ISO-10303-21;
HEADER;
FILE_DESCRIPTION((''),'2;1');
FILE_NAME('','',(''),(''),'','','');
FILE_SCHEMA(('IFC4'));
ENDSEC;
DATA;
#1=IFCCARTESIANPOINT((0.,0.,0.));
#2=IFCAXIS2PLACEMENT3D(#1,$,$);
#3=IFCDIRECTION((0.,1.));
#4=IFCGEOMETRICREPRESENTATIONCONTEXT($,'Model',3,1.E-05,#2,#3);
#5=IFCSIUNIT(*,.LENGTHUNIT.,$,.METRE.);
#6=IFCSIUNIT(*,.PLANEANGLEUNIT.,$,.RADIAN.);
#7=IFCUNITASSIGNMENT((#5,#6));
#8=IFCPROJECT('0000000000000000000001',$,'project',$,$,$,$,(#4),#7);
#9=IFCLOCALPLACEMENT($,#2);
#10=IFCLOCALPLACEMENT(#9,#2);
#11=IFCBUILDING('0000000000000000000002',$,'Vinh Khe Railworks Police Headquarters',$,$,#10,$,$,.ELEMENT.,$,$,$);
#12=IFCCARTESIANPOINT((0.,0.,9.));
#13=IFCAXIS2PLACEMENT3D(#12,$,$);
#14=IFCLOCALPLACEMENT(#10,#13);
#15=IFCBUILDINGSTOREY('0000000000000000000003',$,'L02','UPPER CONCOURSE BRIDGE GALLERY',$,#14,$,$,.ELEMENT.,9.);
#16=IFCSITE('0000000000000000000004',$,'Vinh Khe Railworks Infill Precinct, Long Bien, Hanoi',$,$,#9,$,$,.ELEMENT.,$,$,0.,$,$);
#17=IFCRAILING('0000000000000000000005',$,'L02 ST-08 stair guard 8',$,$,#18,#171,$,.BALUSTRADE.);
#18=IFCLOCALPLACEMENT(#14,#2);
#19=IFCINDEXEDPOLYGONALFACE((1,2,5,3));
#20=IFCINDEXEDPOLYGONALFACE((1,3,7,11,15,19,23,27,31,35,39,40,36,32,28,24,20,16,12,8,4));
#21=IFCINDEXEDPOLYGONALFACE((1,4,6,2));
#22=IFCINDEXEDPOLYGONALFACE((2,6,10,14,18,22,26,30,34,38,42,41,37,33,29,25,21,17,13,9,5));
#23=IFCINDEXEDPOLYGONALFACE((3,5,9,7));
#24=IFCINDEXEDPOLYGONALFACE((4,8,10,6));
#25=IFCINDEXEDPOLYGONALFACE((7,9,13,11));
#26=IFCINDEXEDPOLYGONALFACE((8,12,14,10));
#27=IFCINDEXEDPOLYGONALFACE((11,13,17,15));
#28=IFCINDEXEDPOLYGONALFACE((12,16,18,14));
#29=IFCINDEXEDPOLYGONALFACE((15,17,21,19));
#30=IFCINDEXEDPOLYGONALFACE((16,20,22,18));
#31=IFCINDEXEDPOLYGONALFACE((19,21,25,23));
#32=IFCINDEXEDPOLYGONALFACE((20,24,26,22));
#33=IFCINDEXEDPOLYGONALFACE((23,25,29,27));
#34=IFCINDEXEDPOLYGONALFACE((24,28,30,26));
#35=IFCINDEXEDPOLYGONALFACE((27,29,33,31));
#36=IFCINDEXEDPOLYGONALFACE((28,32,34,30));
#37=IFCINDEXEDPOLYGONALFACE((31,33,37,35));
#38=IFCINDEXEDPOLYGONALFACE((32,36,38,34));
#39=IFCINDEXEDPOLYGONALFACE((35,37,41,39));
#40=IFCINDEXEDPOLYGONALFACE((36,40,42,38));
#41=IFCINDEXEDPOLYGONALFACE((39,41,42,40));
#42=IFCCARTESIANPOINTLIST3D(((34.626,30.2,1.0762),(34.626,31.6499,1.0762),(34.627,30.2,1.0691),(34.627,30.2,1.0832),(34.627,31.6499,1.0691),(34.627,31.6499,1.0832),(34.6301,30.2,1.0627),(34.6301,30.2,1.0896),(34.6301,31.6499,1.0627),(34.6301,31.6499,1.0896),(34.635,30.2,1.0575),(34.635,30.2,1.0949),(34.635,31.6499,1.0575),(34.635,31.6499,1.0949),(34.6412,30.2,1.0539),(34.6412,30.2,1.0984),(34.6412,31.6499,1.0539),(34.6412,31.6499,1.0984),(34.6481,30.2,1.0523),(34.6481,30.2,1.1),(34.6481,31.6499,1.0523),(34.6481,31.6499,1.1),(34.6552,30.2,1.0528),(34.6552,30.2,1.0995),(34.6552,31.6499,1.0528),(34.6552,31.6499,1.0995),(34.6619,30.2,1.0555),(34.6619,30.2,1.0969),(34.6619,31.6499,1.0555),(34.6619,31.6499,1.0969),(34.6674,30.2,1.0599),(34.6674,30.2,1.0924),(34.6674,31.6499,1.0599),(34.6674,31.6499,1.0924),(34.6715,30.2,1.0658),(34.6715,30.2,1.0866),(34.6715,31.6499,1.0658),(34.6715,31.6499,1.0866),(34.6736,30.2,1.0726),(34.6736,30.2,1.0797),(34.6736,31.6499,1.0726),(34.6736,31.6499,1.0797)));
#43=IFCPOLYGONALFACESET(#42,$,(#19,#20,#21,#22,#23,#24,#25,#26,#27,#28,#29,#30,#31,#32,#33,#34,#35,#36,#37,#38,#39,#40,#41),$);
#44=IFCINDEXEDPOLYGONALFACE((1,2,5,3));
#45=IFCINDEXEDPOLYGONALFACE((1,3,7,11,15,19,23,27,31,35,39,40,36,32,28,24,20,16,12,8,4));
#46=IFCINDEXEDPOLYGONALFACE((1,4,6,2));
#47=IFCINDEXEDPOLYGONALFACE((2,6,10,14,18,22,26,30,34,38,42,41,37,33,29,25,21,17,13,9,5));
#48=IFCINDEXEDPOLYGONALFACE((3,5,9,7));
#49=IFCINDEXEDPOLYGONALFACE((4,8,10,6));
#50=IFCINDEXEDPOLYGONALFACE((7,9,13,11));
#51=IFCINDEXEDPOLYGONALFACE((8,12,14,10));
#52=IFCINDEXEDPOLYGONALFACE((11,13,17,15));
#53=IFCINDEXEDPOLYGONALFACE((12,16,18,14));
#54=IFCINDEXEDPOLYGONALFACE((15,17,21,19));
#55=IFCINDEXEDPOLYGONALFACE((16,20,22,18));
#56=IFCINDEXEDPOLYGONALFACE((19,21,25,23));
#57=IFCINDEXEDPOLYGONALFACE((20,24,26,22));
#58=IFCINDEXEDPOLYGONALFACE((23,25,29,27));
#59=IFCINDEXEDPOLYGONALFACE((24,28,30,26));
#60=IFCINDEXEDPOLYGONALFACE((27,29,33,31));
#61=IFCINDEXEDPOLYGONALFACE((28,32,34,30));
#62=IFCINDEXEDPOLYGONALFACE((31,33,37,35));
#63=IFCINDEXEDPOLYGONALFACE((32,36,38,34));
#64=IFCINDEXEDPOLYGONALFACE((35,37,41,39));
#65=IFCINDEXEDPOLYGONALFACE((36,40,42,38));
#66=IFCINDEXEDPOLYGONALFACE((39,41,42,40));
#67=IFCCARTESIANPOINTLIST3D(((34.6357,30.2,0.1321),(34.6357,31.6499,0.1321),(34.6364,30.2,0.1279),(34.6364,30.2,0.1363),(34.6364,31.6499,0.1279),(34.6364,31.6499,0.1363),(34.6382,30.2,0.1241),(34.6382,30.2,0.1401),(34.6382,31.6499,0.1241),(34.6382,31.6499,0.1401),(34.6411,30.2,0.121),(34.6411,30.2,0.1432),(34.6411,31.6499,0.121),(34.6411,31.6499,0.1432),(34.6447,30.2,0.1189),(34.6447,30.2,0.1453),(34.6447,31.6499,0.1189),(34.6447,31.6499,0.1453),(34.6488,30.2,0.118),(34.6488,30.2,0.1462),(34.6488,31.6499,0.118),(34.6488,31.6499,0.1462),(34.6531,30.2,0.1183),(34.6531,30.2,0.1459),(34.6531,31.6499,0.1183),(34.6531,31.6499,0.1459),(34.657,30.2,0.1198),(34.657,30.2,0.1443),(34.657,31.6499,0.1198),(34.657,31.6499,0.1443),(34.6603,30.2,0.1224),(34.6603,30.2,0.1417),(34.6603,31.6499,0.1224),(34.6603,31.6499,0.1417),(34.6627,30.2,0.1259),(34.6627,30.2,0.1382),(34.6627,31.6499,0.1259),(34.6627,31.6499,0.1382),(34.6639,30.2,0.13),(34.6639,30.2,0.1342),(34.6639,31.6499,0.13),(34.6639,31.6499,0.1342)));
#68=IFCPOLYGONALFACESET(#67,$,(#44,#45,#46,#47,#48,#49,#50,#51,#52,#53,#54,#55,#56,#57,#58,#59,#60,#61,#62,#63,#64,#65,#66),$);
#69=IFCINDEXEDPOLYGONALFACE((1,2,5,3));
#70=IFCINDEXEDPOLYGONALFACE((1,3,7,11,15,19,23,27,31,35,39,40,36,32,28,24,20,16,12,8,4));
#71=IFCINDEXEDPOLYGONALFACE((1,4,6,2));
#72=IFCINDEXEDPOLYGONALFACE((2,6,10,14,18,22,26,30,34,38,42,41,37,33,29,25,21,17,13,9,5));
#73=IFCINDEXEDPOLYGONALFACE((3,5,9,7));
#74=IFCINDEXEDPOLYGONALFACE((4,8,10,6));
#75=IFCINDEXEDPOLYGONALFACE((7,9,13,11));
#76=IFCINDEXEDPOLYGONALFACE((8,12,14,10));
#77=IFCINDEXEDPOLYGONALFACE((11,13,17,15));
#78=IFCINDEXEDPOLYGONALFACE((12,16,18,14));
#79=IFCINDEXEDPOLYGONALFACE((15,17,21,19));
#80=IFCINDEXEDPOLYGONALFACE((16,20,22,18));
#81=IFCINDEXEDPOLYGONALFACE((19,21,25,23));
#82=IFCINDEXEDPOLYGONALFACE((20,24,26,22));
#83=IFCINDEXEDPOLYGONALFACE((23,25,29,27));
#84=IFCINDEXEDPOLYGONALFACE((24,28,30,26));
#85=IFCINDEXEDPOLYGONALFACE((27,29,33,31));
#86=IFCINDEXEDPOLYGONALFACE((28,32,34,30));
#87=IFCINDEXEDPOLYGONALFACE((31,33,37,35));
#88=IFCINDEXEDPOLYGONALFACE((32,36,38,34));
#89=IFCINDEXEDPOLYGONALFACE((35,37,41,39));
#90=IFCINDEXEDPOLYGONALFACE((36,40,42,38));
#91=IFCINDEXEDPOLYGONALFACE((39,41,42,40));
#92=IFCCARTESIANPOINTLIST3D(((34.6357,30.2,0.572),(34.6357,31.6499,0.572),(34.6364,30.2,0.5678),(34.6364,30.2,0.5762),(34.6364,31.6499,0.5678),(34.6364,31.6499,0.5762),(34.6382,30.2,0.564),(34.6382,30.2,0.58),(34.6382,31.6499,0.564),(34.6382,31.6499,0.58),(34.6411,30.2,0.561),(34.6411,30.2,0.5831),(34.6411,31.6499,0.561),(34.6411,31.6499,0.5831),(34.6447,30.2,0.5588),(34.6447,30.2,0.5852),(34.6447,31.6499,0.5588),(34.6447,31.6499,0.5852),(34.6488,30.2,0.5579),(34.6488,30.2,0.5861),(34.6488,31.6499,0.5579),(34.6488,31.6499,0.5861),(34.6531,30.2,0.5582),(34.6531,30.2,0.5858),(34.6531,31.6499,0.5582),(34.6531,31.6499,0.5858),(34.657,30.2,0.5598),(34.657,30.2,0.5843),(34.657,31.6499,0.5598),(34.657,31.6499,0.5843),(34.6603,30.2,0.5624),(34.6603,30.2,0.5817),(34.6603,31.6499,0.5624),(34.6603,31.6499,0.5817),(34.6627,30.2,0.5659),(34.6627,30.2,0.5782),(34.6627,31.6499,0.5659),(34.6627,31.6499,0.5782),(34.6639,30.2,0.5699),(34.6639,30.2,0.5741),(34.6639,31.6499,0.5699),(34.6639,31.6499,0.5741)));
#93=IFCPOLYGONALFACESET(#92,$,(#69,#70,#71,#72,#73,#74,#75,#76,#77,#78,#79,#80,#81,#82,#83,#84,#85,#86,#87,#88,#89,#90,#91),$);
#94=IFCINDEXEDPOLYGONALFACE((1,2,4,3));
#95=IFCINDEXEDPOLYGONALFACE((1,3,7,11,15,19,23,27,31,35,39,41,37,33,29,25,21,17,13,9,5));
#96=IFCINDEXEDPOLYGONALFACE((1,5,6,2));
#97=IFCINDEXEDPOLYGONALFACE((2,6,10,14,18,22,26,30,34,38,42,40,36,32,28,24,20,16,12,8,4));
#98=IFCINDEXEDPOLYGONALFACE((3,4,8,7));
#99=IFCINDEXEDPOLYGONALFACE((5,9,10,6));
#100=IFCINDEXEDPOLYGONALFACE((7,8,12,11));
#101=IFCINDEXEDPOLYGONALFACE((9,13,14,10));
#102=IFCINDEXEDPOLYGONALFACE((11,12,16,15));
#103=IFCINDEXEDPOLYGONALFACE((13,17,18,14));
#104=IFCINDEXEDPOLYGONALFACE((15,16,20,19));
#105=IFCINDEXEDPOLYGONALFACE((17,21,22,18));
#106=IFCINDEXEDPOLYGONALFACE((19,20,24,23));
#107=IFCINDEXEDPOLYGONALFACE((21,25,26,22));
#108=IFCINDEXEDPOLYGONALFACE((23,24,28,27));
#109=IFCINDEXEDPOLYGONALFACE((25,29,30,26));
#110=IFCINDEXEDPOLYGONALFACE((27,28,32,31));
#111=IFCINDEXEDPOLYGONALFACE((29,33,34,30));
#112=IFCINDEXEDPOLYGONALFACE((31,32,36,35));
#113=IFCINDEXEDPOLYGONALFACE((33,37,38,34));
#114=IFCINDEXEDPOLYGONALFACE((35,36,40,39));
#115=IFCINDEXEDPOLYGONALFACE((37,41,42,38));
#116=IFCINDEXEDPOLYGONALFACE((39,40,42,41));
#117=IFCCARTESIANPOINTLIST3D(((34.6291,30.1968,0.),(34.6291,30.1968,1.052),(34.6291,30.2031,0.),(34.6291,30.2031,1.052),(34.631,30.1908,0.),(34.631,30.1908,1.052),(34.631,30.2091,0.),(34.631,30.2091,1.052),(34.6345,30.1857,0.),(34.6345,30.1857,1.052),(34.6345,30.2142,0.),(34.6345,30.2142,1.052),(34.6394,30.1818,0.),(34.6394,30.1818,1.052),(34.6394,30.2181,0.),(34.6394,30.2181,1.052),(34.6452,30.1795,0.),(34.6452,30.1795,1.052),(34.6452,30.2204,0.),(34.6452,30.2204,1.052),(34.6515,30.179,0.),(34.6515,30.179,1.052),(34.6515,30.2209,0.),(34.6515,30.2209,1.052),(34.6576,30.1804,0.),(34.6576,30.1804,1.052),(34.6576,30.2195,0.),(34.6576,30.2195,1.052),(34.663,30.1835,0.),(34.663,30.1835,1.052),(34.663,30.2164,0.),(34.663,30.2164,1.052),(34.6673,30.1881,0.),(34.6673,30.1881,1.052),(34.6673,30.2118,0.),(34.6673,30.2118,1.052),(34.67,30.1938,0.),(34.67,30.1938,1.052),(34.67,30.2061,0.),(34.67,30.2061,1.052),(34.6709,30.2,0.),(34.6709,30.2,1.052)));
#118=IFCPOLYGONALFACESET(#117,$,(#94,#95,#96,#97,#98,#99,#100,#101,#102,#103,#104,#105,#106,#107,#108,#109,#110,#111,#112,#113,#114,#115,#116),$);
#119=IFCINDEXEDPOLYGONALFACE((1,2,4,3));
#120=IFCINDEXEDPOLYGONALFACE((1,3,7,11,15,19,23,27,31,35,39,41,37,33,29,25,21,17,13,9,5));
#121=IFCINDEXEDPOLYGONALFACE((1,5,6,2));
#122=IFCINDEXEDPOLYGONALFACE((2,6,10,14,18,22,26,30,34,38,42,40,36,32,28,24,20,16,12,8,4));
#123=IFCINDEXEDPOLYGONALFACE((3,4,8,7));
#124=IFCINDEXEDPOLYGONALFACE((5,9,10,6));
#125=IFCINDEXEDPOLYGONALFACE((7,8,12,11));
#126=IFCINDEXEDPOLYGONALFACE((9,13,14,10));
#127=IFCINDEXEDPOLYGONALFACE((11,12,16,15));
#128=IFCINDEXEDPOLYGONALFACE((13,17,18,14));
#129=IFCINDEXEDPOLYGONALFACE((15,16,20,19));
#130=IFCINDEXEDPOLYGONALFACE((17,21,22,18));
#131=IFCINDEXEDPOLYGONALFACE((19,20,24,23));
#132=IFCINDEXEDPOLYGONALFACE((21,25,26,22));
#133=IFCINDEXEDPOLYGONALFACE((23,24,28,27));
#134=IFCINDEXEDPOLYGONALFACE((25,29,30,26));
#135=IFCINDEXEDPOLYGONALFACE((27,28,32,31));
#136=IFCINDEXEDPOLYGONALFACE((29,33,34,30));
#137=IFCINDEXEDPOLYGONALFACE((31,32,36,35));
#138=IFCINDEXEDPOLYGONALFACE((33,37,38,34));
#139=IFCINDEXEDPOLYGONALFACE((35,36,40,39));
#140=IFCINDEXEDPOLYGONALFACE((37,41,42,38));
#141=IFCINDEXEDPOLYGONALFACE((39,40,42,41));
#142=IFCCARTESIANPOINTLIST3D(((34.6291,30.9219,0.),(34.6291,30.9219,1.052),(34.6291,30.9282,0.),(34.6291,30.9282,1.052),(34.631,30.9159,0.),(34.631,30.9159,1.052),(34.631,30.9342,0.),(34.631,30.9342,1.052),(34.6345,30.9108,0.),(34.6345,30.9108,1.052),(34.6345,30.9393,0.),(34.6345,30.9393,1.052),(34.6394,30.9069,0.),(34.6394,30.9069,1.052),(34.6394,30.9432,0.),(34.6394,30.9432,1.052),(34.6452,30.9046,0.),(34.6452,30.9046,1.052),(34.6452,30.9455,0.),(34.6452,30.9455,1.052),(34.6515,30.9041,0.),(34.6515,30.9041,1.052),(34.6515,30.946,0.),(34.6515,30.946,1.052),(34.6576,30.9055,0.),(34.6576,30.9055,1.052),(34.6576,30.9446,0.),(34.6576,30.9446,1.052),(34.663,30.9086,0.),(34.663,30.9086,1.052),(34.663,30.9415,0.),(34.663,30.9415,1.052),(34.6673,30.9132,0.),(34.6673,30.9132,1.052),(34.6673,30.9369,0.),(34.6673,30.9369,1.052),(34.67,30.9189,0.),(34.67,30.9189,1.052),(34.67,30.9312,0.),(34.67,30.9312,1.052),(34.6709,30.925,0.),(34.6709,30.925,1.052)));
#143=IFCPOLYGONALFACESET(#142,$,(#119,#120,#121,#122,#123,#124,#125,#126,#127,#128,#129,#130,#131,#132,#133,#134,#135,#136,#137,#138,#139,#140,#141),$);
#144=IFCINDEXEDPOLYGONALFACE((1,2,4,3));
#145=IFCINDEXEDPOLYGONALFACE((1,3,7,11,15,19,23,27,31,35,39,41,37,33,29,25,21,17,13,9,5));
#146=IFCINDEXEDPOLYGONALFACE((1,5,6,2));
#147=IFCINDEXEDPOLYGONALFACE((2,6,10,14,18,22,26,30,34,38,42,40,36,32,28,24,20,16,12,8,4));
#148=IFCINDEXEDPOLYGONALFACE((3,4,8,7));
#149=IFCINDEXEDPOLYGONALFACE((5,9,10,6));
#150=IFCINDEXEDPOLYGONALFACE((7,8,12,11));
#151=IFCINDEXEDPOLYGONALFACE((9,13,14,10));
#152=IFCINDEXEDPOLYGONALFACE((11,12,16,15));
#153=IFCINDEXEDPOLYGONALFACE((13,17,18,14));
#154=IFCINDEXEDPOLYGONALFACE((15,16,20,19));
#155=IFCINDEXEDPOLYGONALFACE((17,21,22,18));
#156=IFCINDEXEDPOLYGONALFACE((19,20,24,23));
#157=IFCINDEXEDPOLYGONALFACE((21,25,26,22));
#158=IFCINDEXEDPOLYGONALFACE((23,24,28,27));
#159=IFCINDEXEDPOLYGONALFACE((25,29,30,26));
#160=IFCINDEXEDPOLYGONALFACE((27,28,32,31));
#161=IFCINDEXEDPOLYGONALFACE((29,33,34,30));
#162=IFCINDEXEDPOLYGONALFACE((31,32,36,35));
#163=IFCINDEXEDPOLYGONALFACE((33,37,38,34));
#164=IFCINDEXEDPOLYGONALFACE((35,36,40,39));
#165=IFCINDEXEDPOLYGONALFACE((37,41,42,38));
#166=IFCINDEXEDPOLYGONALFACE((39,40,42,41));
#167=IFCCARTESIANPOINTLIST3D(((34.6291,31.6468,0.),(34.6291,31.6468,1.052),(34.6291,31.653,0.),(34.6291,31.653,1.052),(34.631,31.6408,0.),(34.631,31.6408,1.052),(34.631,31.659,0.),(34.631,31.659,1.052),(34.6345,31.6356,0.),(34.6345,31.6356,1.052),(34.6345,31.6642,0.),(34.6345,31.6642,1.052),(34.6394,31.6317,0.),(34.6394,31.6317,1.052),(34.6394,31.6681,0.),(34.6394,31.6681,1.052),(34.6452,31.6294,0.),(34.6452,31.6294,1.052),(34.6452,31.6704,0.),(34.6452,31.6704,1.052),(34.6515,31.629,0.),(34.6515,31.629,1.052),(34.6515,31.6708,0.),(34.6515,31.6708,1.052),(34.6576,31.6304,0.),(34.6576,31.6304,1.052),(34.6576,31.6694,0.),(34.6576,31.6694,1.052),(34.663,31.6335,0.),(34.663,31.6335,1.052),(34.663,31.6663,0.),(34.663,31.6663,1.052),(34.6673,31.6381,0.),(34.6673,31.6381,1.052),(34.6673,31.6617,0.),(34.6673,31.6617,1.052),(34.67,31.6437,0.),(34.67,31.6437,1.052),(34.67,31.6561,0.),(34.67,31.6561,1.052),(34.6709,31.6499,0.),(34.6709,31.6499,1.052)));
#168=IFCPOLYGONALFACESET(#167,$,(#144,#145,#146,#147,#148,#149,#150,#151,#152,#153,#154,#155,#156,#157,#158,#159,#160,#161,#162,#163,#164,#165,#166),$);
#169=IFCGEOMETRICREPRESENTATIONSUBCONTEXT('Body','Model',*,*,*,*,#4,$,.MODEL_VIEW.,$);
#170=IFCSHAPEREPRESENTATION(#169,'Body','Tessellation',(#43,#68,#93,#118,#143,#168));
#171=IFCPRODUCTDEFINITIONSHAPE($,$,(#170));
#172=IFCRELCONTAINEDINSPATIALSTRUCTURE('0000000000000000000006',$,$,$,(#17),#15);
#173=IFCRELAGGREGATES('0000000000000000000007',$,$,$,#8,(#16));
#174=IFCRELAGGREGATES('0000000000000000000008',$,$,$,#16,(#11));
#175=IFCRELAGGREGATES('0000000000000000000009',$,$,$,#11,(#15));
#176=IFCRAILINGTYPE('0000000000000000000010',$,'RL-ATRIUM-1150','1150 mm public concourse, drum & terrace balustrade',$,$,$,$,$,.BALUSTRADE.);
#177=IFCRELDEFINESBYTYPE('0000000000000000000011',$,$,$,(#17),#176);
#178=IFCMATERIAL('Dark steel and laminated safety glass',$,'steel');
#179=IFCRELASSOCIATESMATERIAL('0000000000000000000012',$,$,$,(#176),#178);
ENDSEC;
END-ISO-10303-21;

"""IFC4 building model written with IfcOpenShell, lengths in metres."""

from ifc_helpers import new_model, si_unit, direction, frame, origin, origin_2d, place, context, subcontext, project, spatial, circle, extrude, material, type_object, element, save


model = new_model("IFC4")

# Units and contexts
model_context = context("Model", 3, precision=1e-05, world=origin(), true_north=direction((0.0, 1.0)))
body_context = subcontext(model_context, "Body", "Model", "MODEL_VIEW")
ifc_project = project(units=[si_unit("LENGTHUNIT", "METRE"), si_unit("PLANEANGLEUNIT", "RADIAN")], contexts=[model_context])

# Site, building, storey
site_placement = place(None, origin())
site = spatial("IfcSite", under=ifc_project, at=site_placement, Name="Vinh Khe Railworks Infill Precinct, Long Bien, Hanoi", CompositionType="ELEMENT", RefElevation=0.0)
building_placement = place(site_placement, origin())
building = spatial("IfcBuilding", under=site, at=building_placement, Name="Vinh Khe Railworks Police Headquarters", CompositionType="ELEMENT")
storey_placement = place(building_placement, frame((0.0, 0.0, 9.0)))
storey = spatial("IfcBuildingStorey", under=building, at=storey_placement, Name="L02", Description="UPPER CONCOURSE BRIDGE GALLERY", CompositionType="ELEMENT", Elevation=9.0)

# Railing
ifc_material_1 = material(Name="Dark steel and laminated safety glass", Category="steel")
railing_type_1 = type_object("IfcRailingType", Name="RL-ATRIUM-1150", Description="1150 mm public concourse, drum & terrace balustrade", PredefinedType="BALUSTRADE", material=ifc_material_1)
railing_1_placement = place(storey_placement, frame((34.6499, 30.2, 0.0)))
element("IfcRailing", 1, at=railing_1_placement, inside=storey, type_object=railing_type_1, Name="L02 ST-08 stair guard 8", PredefinedType="BALUSTRADE", context=body_context, shape_type="SweptSolid", body=[
    extrude(circle(Radius=0.0239, at=origin_2d()), frame((0.0, 0.0, 1.0762), z_axis=(0.0, 1.0, 0.0), x_axis=(-1.0, 0.0, 0.0)), (0.0, 0.0, 1.0), 1.45),
    extrude(circle(Radius=0.0142, at=origin_2d()), frame((0.0, 0.0, 0.1321), z_axis=(0.0, 1.0, 0.0), x_axis=(-1.0, 0.0, 0.0)), (0.0, 0.0, 1.0), 1.45),
    extrude(circle(Radius=0.0142, at=origin_2d()), frame((0.0, 0.0, 0.572), z_axis=(0.0, 1.0, 0.0), x_axis=(-1.0, 0.0, 0.0)), (0.0, 0.0, 1.0), 1.45),
    extrude(circle(Radius=0.021, at=origin_2d()), origin(), (0.0, 0.0, 1.0), 1.052),
    extrude(circle(Radius=0.021, at=origin_2d()), frame((0.0, 0.7251, 0.0)), (0.0, 0.0, 1.0), 1.052),
    extrude(circle(Radius=0.021, at=origin_2d()), frame((0.0, 1.45, 0.0)), (0.0, 0.0, 1.0), 1.052),
])

save(model, "model.ifc")
